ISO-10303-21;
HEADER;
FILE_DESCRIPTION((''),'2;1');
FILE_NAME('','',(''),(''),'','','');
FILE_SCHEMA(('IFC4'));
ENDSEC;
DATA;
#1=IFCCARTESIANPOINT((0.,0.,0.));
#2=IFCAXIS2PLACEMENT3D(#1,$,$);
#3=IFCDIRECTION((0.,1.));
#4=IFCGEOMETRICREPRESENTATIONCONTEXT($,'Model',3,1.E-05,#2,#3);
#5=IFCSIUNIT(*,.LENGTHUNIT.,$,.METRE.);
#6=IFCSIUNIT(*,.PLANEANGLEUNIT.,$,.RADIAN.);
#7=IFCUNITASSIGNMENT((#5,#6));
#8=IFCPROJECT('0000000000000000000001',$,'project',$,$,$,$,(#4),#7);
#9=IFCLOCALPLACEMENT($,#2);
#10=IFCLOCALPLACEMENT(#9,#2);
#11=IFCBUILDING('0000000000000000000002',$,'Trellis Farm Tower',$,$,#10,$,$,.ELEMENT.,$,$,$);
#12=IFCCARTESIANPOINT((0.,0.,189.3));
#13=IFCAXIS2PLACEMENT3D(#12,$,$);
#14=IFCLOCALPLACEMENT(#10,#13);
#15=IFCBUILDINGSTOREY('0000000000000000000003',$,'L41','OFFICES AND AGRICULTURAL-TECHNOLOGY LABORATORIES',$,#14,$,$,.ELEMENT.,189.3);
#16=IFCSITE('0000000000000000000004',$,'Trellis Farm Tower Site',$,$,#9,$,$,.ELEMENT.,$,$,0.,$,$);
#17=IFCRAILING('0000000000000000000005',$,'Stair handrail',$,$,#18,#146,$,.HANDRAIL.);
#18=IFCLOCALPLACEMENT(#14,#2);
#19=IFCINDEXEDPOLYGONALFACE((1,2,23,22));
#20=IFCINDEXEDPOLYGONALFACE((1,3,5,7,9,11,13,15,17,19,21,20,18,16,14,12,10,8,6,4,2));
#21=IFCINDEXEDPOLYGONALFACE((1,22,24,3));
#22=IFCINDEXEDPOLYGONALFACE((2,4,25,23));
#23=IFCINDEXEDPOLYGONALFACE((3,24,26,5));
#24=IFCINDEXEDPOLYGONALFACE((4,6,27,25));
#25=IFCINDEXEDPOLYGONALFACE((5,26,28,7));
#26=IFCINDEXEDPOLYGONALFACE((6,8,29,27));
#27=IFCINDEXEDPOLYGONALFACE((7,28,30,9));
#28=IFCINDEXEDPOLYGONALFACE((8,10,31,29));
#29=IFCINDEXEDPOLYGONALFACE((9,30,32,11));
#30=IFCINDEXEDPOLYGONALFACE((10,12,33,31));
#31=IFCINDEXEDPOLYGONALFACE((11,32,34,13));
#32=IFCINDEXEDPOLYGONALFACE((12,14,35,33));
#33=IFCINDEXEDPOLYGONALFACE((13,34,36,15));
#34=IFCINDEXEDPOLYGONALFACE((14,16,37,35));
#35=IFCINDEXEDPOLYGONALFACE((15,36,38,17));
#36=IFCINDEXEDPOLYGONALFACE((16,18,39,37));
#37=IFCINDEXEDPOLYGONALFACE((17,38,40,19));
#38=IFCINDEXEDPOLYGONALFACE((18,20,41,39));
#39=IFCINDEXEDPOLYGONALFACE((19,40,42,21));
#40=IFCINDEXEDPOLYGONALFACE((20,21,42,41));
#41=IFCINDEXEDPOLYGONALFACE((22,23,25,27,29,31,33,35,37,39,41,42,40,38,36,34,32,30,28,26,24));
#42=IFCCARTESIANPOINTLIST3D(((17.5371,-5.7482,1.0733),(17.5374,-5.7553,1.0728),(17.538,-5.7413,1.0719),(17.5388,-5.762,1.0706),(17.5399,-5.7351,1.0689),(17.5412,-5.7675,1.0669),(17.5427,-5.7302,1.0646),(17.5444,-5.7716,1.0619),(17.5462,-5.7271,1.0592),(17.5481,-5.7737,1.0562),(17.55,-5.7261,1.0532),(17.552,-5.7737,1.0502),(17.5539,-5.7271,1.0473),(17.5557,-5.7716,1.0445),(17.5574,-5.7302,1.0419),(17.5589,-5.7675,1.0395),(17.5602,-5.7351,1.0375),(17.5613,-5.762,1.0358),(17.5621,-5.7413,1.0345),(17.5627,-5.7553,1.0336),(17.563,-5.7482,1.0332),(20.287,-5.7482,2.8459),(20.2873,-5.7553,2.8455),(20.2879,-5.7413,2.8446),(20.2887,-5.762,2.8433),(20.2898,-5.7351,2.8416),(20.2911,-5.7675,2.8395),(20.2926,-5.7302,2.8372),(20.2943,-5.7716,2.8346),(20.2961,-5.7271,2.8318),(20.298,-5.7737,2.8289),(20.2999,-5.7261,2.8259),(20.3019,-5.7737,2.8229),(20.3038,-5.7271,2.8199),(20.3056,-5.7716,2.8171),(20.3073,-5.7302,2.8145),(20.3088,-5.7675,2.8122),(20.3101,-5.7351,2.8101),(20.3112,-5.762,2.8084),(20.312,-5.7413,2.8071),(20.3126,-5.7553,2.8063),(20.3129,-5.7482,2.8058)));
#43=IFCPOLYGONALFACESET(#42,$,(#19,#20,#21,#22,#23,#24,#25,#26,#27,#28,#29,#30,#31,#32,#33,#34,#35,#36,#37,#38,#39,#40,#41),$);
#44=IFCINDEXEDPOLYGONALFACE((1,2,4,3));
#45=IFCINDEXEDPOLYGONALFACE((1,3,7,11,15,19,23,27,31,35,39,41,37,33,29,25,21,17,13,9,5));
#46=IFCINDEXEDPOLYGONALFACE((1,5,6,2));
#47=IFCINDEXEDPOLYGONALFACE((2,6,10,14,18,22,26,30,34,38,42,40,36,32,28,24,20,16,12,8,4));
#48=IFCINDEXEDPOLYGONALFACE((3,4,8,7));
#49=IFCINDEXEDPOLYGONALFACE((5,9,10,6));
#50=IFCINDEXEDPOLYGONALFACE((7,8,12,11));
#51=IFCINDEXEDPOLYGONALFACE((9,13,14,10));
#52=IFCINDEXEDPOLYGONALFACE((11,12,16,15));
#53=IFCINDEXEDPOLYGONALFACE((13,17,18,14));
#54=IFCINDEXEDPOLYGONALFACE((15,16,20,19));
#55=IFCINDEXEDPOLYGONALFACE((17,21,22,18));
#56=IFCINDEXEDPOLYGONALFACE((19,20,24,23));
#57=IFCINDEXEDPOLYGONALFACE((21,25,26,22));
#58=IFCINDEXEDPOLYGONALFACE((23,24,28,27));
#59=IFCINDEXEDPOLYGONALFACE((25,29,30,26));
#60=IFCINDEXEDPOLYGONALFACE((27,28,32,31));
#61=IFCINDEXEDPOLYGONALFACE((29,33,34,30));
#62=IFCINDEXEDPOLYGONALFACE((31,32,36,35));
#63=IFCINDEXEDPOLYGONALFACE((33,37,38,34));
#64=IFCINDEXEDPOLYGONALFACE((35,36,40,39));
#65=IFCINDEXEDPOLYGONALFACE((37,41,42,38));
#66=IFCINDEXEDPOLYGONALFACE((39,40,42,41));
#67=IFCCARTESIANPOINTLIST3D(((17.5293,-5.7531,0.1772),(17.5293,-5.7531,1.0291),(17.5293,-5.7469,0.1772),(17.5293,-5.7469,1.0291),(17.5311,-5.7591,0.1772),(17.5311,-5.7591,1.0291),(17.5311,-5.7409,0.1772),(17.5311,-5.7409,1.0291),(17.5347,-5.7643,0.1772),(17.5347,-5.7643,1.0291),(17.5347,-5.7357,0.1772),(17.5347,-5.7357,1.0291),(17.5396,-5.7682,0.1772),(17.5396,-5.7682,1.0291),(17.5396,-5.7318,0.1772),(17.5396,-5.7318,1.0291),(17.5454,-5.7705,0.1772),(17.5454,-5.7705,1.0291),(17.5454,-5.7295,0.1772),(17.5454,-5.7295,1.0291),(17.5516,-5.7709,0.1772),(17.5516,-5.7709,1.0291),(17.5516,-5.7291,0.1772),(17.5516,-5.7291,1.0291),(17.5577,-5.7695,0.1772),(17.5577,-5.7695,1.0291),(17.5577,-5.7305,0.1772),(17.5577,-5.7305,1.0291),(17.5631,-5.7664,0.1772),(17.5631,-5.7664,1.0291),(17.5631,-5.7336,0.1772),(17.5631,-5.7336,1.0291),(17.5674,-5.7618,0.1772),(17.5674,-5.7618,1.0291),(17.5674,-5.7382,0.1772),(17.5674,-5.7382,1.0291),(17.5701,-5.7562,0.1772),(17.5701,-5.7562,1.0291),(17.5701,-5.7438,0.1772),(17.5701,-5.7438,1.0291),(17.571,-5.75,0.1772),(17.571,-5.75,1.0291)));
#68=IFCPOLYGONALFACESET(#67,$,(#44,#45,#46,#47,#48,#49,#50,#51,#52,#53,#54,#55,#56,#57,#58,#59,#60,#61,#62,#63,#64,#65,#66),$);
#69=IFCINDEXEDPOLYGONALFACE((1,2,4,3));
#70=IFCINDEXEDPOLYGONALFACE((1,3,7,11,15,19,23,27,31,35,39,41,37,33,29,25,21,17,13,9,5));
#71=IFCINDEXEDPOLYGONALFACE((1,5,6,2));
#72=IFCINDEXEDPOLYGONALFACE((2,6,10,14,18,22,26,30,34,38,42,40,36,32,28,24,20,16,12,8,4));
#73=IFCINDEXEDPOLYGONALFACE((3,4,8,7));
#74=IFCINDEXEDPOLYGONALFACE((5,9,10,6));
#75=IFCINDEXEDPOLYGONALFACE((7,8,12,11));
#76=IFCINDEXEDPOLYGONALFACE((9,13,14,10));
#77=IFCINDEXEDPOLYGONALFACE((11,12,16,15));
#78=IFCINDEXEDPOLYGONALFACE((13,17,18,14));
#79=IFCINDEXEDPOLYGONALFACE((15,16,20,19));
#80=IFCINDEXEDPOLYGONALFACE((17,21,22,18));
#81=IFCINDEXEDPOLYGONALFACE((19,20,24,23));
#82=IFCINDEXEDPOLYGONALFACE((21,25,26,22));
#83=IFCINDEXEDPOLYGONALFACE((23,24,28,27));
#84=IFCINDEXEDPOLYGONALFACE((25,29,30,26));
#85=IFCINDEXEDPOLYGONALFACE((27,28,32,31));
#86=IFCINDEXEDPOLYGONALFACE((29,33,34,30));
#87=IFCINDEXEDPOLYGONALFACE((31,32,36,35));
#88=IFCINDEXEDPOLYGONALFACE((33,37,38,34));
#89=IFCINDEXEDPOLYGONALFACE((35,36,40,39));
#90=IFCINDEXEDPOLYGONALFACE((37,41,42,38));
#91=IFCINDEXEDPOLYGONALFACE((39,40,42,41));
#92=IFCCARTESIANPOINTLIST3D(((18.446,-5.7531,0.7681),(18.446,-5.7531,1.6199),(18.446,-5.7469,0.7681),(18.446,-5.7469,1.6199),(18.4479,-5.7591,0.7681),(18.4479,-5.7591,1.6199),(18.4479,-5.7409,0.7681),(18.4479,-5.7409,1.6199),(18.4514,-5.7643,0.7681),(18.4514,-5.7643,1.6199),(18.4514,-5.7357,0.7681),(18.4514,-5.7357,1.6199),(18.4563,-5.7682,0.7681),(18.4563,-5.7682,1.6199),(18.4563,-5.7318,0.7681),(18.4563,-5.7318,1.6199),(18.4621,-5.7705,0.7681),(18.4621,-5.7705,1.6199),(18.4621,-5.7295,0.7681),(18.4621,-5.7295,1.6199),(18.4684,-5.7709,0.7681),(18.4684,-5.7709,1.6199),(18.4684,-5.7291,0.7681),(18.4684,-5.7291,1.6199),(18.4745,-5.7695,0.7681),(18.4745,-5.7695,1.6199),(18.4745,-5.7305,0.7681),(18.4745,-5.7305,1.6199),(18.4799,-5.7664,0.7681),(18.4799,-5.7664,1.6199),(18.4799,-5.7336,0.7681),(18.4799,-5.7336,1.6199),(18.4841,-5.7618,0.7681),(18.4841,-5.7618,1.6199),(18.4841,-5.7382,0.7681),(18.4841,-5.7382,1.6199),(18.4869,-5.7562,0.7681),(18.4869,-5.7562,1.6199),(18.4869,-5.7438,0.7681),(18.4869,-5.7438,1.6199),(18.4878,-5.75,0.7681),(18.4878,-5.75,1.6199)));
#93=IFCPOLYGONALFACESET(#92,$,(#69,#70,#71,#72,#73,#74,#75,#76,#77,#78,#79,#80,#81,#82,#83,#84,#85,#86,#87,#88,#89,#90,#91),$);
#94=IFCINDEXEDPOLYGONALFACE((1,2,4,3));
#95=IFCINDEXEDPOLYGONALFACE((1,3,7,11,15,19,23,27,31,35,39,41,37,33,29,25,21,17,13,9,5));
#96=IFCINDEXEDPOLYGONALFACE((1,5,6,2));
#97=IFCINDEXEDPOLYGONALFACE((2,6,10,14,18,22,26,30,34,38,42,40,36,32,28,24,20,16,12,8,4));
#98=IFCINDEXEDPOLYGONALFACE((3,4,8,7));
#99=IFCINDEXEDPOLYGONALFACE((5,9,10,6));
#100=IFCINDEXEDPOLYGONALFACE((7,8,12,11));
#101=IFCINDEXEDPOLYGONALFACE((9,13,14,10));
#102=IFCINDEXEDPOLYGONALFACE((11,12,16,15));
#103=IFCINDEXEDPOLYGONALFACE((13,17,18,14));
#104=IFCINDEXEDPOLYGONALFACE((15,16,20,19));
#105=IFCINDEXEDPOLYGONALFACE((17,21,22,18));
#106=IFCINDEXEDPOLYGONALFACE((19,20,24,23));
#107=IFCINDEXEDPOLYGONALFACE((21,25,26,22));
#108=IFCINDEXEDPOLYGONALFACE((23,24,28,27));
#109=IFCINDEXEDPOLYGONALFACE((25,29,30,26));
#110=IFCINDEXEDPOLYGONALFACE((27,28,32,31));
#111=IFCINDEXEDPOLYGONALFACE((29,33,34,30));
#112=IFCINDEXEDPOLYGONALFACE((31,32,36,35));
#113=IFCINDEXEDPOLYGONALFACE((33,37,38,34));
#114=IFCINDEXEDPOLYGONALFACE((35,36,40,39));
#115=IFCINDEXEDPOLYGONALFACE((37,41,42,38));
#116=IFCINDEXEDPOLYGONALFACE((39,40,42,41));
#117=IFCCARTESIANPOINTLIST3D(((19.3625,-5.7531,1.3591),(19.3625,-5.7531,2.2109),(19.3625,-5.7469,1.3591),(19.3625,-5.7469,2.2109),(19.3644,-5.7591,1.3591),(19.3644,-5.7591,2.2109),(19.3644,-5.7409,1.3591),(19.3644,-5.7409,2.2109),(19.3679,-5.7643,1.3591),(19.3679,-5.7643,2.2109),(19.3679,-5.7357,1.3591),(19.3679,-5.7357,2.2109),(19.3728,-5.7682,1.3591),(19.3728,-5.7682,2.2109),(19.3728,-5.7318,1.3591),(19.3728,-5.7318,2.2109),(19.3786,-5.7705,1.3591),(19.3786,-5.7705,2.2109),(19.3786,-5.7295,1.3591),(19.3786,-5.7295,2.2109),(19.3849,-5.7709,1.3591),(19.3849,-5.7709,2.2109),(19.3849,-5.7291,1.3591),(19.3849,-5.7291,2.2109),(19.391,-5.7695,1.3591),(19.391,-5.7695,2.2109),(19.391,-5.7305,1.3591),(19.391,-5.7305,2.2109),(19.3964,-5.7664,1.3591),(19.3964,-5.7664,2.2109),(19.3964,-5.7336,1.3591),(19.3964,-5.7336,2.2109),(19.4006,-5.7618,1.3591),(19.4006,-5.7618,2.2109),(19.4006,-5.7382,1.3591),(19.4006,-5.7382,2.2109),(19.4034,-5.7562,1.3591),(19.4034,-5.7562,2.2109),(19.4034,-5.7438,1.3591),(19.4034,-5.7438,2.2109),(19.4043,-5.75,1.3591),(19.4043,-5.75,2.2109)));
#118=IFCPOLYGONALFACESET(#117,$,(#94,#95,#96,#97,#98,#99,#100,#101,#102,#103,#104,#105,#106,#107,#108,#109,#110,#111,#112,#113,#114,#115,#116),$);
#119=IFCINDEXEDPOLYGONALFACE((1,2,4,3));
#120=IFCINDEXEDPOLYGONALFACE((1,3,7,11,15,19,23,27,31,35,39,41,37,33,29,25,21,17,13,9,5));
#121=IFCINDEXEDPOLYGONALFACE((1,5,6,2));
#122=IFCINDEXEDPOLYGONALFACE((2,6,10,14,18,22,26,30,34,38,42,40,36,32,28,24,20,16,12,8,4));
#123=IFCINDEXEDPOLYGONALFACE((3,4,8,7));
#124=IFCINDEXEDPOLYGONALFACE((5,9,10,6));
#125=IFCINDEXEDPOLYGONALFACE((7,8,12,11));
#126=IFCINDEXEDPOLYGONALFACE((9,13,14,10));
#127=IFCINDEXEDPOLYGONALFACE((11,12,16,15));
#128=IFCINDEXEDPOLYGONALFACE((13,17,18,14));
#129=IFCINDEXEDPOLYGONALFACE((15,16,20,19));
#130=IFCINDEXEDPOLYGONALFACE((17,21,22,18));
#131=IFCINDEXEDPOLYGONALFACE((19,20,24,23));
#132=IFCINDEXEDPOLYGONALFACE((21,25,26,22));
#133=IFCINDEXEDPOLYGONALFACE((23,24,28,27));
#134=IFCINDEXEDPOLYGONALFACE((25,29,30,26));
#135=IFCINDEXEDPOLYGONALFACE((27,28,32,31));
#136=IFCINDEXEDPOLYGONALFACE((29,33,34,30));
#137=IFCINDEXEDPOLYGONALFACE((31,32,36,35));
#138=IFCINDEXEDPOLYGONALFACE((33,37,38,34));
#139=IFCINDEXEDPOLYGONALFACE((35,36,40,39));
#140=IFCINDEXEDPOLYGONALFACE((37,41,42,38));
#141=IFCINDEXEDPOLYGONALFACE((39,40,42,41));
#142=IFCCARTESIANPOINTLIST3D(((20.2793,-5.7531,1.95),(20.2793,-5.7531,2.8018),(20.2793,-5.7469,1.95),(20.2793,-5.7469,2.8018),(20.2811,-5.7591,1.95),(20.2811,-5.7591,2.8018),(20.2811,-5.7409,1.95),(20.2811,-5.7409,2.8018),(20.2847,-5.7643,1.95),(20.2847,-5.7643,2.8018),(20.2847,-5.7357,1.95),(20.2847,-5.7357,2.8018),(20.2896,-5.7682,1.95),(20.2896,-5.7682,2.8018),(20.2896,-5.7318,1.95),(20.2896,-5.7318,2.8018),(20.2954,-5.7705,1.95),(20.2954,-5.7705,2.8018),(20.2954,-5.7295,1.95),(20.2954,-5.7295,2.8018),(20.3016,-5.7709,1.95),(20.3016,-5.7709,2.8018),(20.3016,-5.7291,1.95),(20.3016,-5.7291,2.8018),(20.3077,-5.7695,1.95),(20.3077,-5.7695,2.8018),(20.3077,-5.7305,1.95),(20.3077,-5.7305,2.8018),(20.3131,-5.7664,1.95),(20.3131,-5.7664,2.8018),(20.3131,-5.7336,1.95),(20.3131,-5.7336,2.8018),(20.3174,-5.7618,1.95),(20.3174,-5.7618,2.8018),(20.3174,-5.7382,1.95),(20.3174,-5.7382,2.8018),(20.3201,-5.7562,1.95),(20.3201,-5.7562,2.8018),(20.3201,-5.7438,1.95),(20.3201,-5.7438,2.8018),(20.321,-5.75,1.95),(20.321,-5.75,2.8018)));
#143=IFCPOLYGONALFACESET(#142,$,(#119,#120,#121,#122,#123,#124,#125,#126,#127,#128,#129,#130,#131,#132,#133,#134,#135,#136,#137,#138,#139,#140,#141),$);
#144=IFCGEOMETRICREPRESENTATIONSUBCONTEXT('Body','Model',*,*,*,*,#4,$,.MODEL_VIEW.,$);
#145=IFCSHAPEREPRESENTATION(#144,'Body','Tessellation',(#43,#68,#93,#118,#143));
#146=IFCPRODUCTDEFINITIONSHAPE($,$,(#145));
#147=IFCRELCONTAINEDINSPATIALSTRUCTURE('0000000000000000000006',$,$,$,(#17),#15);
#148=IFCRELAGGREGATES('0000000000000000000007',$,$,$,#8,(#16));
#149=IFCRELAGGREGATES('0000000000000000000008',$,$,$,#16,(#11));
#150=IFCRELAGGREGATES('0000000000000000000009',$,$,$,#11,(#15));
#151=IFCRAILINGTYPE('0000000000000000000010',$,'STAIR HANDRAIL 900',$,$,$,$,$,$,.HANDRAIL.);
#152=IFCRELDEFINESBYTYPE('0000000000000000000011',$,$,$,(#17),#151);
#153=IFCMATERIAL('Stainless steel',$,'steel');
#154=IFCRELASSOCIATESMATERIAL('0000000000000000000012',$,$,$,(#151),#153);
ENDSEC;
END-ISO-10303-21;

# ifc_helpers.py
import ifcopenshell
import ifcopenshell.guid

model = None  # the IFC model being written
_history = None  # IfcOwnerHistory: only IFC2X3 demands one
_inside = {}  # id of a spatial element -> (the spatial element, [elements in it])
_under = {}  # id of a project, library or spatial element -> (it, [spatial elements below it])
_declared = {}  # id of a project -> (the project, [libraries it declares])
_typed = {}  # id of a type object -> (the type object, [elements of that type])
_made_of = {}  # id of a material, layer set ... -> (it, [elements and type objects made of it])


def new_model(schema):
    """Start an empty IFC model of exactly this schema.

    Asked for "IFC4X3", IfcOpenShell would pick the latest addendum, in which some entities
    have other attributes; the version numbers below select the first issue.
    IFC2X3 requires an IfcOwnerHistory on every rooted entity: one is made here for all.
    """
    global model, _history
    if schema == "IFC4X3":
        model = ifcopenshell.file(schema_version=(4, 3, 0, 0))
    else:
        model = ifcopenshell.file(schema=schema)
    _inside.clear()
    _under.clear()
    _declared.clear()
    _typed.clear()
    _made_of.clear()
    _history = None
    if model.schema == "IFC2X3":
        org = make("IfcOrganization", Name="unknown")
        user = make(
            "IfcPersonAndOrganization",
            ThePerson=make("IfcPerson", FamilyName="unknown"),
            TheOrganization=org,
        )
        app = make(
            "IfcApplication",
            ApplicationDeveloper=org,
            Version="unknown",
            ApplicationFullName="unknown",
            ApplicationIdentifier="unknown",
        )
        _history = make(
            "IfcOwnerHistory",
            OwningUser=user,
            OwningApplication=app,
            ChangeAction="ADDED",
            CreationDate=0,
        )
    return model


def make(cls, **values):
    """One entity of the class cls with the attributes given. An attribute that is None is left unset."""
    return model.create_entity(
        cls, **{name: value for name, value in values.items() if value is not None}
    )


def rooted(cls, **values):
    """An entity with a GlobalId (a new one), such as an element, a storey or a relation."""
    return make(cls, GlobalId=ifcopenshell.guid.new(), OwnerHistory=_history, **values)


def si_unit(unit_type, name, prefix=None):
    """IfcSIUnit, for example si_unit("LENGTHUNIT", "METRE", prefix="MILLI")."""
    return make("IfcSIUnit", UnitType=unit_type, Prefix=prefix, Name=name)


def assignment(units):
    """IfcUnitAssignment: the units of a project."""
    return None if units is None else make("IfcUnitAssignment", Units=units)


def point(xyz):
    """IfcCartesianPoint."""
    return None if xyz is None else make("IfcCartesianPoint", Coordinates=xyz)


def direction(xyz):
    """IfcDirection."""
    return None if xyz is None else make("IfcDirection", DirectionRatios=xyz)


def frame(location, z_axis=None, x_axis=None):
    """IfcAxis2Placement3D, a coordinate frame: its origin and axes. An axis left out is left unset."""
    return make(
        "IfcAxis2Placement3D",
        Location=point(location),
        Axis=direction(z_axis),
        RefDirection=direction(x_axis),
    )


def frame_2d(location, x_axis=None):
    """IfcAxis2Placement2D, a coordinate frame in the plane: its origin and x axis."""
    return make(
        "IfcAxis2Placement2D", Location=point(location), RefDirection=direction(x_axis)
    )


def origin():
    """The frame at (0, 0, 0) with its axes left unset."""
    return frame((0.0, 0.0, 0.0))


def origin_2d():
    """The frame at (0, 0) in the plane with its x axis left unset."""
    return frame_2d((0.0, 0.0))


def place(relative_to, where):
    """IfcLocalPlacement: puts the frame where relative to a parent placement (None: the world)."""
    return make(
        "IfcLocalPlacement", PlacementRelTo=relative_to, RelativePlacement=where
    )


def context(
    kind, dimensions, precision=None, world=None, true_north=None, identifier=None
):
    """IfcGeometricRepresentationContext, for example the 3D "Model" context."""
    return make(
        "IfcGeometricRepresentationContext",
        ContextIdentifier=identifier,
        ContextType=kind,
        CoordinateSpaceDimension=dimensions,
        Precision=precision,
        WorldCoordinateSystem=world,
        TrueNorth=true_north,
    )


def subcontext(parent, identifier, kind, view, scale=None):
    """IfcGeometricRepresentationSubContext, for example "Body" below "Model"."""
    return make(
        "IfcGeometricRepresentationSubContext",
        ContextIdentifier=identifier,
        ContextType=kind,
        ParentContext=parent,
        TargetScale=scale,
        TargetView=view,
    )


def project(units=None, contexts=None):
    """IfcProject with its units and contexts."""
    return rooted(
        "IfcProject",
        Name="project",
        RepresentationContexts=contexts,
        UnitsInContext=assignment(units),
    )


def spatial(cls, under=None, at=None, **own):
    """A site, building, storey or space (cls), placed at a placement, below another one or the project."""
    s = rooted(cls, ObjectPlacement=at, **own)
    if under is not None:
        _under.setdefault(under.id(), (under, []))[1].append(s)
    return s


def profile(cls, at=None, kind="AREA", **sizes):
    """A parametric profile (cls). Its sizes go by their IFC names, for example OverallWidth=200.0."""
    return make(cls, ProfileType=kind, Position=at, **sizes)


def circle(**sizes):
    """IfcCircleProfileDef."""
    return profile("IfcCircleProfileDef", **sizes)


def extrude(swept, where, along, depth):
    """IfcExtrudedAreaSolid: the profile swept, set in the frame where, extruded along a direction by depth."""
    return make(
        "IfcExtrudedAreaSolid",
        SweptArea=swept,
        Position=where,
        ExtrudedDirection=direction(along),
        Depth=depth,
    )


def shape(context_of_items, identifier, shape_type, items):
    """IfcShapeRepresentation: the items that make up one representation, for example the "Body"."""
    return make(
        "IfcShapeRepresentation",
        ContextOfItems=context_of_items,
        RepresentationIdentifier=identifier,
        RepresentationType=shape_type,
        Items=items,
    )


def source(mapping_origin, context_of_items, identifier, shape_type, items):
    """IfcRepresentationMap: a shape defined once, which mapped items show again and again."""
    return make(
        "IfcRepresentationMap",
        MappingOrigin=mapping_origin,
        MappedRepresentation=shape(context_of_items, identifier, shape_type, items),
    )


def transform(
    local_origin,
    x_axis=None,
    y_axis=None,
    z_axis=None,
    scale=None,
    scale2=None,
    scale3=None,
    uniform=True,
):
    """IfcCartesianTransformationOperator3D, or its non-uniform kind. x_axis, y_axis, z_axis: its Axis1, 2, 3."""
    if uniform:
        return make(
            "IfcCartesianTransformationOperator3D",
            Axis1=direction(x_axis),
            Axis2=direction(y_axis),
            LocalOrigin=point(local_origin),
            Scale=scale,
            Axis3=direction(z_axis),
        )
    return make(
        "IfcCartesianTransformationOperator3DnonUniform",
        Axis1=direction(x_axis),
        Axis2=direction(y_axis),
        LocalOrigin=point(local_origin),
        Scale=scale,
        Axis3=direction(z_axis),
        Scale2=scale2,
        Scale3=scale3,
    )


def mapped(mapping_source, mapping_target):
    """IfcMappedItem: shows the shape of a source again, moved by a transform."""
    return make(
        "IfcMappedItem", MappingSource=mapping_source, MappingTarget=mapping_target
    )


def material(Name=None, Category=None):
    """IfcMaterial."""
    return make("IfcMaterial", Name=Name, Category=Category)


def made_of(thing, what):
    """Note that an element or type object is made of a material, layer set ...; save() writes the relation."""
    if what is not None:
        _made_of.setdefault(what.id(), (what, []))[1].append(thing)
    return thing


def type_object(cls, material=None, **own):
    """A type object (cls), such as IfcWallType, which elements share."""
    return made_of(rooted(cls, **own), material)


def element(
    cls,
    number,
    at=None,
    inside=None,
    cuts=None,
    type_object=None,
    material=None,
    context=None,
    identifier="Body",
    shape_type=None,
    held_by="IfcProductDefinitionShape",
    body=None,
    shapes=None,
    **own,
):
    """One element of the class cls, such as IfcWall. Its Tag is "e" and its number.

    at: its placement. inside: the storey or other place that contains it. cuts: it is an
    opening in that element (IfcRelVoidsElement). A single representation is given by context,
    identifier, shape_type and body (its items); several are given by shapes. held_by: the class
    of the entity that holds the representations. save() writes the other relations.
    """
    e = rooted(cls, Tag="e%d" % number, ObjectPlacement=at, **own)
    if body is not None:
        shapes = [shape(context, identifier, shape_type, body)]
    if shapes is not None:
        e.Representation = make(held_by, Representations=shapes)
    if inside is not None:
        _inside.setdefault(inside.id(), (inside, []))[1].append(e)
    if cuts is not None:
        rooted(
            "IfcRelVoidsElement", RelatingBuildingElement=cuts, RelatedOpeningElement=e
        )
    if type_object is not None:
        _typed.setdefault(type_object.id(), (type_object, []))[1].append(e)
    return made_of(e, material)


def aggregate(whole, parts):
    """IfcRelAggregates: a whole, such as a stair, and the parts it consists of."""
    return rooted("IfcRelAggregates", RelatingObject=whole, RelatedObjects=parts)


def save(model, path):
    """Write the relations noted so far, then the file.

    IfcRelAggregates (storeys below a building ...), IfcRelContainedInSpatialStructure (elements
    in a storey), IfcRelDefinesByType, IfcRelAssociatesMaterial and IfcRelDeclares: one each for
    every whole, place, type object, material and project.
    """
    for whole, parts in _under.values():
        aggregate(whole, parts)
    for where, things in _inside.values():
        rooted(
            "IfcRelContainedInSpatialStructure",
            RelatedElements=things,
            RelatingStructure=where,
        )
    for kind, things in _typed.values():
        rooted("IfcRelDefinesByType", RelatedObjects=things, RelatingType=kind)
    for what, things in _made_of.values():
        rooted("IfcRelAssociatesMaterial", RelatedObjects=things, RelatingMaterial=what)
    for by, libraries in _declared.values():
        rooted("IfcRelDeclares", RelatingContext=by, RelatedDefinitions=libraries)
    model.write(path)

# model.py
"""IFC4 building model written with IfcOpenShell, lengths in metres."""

from ifc_helpers import new_model, si_unit, direction, frame, origin, origin_2d, place, context, subcontext, project, spatial, circle, extrude, source, transform, mapped, material, type_object, element, save


model = new_model("IFC4")

# Units and contexts
model_context = context("Model", 3, precision=1e-05, world=origin(), true_north=direction((0.0, 1.0)))
body_context = subcontext(model_context, "Body", "Model", "MODEL_VIEW")
ifc_project = project(units=[si_unit("LENGTHUNIT", "METRE"), si_unit("PLANEANGLEUNIT", "RADIAN")], contexts=[model_context])

# Site, building, storey
site_placement = place(None, origin())
site = spatial("IfcSite", under=ifc_project, at=site_placement, Name="Trellis Farm Tower Site", CompositionType="ELEMENT", RefElevation=0.0)
building_placement = place(site_placement, origin())
building = spatial("IfcBuilding", under=site, at=building_placement, Name="Trellis Farm Tower", CompositionType="ELEMENT")
storey_placement = place(building_placement, frame((0.0, 0.0, 189.3)))
storey = spatial("IfcBuildingStorey", under=building, at=storey_placement, Name="L41", Description="OFFICES AND AGRICULTURAL-TECHNOLOGY LABORATORIES", CompositionType="ELEMENT", Elevation=189.3)

# Railing
ifc_material_1 = material(Name="Stainless steel", Category="steel")
railing_type = type_object("IfcRailingType", Name="STAIR HANDRAIL 900", PredefinedType="HANDRAIL", material=ifc_material_1)
shared_shape_1 = source(origin(), body_context, "Body", "SweptSolid", [
    extrude(circle(Radius=0.0239, at=origin_2d()), frame((0.0, 0.0, 0.876), z_axis=(0.840504, 0.0, 0.541806), x_axis=(0.0, 1.0, 0.0)), (0.0, 0.0, 1.0), 3.2717),
    extrude(circle(Radius=0.021, at=origin_2d()), origin(), (0.0, 0.0, 1.0), 0.8518),
    extrude(circle(Radius=0.021, at=origin_2d()), frame((0.9167, 0.0, 0.5908)), (0.0, 0.0, 1.0), 0.8518),
    extrude(circle(Radius=0.021, at=origin_2d()), frame((1.8333, 0.0, 1.1819)), (0.0, 0.0, 1.0), 0.8518),
    extrude(circle(Radius=0.021, at=origin_2d()), frame((2.75, 0.0, 1.7727)), (0.0, 0.0, 1.0), 0.8518),
])
for number, where, name in (
    (1, (17.55, -5.75, 0.1772), "Stair handrail"),
):
    element("IfcRailing", number, at=place(storey_placement, frame(where)), inside=storey, type_object=railing_type, Name=name, PredefinedType="HANDRAIL", context=body_context, shape_type="MappedRepresentation", body=[
        mapped(shared_shape_1, transform((0.0, 0.0, 0.0))),
    ])

save(model, "model.ifc")
